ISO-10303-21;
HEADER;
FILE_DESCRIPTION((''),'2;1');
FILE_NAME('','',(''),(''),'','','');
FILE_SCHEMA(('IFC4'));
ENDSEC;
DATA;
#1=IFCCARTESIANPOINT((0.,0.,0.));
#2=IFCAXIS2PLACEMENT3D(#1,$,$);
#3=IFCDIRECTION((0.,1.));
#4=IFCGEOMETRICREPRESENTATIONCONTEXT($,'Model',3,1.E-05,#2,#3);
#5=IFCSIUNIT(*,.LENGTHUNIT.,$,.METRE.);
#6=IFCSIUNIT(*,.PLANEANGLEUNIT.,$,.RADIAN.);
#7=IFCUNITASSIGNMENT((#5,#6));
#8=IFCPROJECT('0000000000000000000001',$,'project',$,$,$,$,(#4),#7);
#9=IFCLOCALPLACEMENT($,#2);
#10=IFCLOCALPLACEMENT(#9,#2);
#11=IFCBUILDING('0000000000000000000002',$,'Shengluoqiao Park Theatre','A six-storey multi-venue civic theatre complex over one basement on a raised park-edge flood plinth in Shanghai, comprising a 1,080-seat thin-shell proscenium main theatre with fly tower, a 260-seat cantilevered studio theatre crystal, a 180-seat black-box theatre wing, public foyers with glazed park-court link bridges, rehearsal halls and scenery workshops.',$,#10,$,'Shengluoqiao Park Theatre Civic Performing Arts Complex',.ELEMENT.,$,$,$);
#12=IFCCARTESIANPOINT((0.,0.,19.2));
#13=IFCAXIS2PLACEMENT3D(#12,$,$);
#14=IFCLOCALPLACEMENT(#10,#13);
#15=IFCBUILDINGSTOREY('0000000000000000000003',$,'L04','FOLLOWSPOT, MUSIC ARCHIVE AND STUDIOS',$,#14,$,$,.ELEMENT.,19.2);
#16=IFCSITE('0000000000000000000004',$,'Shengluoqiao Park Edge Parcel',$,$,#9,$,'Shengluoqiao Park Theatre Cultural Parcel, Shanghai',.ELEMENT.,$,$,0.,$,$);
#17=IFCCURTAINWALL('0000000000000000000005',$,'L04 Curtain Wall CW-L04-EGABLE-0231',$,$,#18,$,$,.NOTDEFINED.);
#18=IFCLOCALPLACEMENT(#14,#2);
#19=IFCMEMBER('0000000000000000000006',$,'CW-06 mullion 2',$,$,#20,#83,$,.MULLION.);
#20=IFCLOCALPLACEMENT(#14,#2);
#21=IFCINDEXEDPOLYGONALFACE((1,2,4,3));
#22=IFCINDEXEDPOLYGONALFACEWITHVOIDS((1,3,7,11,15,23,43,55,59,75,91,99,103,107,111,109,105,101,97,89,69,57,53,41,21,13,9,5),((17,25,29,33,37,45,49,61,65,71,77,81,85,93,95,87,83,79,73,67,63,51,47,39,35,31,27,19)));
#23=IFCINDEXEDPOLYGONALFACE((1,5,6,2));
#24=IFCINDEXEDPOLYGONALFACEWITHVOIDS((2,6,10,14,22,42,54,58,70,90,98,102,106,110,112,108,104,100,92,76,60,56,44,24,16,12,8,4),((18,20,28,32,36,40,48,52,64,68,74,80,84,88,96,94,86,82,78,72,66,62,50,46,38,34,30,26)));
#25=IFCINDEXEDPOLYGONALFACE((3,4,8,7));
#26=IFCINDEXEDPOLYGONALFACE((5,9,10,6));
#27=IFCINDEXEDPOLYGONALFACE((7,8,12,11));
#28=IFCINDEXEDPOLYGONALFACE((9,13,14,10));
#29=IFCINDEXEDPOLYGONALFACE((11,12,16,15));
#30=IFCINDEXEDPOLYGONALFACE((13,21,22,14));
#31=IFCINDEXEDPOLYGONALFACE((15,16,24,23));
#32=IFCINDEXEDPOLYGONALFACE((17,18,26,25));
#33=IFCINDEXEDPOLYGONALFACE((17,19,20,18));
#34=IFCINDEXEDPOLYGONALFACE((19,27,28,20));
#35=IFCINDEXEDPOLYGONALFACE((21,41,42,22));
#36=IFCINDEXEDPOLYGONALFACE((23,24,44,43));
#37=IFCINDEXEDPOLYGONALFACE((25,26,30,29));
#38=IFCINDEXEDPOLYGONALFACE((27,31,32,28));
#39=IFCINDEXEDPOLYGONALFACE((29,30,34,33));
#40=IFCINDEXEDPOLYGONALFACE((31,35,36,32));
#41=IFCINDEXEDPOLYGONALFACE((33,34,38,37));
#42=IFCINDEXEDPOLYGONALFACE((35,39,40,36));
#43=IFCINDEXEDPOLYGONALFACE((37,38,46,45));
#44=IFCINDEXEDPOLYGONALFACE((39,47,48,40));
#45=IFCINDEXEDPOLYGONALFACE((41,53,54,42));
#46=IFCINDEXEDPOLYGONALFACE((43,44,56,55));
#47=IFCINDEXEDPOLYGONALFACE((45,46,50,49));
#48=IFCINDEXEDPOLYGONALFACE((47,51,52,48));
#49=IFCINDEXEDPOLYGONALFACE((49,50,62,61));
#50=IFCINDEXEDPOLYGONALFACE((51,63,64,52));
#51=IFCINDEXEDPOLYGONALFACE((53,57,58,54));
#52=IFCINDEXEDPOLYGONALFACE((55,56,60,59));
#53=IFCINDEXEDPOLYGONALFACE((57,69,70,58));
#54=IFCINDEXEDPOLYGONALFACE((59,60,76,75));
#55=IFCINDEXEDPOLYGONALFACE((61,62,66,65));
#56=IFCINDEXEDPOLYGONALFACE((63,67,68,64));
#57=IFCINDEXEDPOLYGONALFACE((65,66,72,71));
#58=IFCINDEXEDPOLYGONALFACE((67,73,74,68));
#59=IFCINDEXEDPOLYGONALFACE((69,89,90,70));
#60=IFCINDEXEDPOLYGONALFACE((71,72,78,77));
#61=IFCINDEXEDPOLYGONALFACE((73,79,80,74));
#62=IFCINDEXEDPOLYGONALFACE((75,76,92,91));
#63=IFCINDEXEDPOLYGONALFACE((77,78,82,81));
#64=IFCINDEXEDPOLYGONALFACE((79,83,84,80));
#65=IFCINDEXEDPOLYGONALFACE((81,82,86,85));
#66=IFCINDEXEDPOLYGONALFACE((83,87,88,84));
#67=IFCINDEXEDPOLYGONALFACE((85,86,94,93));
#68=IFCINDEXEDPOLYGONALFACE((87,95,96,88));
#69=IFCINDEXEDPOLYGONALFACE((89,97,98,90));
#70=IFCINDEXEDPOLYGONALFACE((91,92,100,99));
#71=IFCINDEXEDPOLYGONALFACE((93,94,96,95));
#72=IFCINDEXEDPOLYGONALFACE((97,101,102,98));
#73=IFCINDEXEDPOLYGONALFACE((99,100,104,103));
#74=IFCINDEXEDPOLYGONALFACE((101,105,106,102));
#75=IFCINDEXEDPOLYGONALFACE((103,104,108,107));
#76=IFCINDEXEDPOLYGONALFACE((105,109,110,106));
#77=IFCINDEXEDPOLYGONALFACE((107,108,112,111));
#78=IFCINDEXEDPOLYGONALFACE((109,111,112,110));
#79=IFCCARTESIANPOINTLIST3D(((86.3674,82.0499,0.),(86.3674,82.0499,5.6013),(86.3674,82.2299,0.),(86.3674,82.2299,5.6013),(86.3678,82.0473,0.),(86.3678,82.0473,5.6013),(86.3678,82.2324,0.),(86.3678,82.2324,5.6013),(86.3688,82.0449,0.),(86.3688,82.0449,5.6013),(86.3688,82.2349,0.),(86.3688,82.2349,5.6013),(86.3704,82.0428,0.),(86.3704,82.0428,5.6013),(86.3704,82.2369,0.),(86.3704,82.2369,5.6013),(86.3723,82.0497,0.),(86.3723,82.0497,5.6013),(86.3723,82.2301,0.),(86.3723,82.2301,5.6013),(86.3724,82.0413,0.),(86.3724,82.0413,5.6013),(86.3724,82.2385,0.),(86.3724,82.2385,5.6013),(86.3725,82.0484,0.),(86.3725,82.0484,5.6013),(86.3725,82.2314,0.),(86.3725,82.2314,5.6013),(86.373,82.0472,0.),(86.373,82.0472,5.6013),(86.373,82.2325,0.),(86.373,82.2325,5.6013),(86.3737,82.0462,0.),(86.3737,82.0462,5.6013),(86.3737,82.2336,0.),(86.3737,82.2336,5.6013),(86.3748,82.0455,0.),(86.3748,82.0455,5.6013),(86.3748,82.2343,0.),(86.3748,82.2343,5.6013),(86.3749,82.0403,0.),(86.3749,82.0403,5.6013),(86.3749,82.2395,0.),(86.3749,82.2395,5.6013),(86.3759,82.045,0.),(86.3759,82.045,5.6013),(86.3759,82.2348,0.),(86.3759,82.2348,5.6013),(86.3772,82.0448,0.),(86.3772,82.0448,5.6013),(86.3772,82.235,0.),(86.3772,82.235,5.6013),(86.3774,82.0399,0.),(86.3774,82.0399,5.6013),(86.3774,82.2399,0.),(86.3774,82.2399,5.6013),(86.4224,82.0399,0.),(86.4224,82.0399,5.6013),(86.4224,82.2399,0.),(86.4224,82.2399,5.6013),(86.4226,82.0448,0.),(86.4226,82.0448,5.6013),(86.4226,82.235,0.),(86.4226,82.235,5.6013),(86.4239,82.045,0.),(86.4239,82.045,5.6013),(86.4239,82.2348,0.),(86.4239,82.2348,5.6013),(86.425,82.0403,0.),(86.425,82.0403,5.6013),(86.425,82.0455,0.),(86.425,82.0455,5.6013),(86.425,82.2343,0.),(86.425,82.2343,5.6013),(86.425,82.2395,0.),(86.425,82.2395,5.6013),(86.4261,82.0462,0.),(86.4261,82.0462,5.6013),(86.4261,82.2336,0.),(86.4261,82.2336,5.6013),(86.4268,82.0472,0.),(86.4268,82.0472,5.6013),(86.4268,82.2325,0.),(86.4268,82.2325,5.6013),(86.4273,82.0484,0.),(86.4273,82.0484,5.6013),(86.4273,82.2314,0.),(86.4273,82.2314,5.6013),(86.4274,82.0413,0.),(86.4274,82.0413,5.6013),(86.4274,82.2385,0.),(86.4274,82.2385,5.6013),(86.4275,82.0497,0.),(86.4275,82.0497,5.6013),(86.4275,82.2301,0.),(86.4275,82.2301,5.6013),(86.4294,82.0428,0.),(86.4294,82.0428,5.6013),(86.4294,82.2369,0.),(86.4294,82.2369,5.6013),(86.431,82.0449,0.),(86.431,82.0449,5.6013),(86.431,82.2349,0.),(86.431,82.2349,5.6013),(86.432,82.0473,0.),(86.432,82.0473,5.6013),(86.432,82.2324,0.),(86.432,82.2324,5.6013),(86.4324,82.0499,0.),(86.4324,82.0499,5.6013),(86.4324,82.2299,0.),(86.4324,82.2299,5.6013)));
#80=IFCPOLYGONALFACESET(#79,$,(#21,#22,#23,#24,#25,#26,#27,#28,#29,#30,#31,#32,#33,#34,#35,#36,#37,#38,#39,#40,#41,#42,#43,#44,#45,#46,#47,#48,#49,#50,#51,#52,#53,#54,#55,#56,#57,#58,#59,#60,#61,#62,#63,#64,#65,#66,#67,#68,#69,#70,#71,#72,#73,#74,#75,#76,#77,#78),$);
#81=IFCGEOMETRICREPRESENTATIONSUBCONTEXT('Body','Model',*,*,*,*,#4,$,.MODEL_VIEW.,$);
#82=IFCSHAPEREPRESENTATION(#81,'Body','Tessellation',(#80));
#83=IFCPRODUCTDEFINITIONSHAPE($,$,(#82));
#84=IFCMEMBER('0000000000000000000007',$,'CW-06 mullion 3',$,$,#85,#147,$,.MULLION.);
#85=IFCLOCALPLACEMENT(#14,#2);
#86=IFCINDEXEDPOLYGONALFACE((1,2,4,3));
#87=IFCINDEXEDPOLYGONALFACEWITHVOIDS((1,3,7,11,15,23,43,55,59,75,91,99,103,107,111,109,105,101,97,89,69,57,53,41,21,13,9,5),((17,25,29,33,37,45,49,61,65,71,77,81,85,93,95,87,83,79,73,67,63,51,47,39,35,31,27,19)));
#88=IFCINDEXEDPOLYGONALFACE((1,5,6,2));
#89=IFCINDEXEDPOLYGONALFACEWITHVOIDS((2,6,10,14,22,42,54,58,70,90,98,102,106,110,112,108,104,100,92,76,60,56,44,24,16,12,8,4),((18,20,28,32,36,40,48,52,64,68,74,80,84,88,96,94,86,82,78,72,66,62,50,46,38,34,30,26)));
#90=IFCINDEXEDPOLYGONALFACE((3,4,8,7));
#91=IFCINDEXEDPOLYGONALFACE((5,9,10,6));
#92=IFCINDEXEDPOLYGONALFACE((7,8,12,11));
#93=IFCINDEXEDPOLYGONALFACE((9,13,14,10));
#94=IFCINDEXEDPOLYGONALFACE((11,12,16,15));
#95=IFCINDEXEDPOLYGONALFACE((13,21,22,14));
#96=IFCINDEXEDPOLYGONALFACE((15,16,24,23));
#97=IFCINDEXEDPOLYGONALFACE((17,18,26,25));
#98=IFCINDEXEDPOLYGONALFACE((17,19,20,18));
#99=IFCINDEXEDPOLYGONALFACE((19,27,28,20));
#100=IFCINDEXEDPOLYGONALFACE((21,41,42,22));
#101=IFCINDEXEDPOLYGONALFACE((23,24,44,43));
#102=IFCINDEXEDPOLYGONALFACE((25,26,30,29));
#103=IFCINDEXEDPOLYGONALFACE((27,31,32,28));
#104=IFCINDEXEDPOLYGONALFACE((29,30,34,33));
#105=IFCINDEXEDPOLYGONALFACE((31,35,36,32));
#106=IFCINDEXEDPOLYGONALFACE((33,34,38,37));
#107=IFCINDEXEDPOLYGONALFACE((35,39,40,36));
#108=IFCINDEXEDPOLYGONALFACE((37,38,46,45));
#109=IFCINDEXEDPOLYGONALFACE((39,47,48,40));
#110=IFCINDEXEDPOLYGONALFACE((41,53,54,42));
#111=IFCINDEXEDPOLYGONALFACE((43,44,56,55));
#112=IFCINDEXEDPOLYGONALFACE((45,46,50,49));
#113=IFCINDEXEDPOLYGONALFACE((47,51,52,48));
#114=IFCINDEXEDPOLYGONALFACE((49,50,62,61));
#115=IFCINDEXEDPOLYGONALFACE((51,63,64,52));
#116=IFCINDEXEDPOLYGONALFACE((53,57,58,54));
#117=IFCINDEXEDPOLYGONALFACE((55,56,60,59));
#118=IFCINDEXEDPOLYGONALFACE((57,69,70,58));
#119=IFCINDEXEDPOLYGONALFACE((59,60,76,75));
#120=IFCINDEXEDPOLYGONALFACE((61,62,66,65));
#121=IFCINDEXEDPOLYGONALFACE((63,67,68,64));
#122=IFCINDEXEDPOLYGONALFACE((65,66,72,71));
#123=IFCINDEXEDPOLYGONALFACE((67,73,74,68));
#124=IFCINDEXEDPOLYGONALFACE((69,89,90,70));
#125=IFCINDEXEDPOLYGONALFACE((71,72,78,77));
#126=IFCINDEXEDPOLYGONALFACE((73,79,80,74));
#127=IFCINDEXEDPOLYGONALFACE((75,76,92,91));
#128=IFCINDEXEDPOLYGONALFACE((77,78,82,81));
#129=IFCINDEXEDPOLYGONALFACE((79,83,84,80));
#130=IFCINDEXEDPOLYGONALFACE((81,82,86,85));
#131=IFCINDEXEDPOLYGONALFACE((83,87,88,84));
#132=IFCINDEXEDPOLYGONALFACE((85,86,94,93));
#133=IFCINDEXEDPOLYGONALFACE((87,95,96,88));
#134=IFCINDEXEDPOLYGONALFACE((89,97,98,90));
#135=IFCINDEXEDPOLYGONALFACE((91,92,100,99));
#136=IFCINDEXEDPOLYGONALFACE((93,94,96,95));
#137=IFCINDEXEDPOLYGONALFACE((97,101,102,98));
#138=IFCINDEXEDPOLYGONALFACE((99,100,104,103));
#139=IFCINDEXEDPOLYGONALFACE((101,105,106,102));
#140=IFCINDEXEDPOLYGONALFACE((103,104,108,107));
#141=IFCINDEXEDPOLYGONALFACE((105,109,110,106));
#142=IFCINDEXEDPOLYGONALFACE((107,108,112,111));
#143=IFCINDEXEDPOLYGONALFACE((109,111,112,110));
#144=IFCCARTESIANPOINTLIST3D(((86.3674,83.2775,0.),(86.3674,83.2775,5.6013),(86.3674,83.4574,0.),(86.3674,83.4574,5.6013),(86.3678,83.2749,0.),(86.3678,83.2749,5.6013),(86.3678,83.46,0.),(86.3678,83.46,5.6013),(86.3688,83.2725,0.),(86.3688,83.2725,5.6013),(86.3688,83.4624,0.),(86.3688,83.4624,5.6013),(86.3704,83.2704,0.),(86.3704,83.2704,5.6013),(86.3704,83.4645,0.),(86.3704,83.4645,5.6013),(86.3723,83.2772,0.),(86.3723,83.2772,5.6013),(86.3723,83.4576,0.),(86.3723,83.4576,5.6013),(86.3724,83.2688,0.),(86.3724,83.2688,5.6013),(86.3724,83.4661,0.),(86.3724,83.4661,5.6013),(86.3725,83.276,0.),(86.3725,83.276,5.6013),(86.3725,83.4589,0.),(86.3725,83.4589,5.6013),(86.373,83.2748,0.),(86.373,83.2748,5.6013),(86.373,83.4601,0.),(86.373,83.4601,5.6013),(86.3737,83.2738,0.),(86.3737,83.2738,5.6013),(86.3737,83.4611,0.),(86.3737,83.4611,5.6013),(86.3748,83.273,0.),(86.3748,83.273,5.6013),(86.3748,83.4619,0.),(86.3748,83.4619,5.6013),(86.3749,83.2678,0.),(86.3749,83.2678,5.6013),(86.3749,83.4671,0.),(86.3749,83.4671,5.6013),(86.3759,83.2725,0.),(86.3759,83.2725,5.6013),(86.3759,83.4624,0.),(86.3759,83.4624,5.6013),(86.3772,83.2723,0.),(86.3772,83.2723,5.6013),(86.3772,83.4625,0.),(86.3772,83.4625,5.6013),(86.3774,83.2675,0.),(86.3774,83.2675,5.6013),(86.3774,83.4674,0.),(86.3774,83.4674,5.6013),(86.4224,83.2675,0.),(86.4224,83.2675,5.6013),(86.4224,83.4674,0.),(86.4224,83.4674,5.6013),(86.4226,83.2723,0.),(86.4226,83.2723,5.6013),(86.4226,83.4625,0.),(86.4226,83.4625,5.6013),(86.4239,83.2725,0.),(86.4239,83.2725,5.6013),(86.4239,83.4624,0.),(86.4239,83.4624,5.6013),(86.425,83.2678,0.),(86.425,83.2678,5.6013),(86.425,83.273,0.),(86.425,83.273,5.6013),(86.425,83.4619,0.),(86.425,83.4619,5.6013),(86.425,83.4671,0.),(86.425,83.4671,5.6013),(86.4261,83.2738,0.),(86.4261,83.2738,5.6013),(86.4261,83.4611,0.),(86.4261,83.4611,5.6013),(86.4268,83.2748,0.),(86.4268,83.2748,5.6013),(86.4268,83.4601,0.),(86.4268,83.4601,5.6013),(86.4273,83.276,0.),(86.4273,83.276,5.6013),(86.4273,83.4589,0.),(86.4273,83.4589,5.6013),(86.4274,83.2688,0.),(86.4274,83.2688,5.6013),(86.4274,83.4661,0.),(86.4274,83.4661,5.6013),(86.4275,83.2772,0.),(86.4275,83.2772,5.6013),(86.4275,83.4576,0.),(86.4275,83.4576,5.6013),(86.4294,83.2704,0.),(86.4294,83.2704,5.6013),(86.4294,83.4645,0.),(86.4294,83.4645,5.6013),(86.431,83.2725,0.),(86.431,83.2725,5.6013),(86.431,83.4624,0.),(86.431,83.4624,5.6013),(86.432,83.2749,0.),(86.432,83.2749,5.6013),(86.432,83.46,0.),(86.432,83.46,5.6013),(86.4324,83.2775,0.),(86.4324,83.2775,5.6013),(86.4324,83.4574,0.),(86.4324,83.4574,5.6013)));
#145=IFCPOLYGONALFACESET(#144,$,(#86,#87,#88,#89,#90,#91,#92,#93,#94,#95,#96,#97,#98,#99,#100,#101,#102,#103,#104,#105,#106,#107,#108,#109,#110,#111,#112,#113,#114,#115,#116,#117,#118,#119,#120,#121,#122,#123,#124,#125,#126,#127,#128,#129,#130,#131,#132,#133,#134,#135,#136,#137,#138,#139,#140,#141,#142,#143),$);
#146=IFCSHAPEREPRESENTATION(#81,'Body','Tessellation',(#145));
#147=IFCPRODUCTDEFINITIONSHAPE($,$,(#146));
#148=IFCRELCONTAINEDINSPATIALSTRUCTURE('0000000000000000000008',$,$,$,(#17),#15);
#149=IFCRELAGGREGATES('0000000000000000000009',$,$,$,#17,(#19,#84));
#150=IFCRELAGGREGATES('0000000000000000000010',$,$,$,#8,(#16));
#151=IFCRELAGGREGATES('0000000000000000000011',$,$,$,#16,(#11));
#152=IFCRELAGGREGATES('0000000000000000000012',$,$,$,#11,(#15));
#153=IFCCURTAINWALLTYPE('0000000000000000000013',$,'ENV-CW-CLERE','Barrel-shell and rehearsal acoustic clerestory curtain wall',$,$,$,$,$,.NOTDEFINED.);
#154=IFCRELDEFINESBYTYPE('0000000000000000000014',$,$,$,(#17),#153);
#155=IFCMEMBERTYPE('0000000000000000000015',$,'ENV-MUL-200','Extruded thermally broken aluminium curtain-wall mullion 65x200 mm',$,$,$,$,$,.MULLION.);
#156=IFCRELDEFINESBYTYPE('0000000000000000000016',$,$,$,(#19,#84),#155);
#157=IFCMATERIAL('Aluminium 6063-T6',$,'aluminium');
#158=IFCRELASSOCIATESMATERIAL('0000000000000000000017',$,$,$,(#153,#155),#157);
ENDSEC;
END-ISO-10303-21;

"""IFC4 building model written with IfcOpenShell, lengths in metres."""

from ifc_helpers import new_model, si_unit, direction, frame, origin, origin_2d, place, context, subcontext, project, spatial, hollow_rectangle, extrude, material, material_profile, profile_set, type_object, element, aggregate, save


model = new_model("IFC4")

# Units and contexts
model_context = context("Model", 3, precision=1e-05, world=origin(), true_north=direction((0.0, 1.0)))
body_context = subcontext(model_context, "Body", "Model", "MODEL_VIEW")
ifc_project = project(units=[si_unit("LENGTHUNIT", "METRE"), si_unit("PLANEANGLEUNIT", "RADIAN")], contexts=[model_context])

# Site, building, storey
site_placement = place(None, origin())
site = spatial("IfcSite", under=ifc_project, at=site_placement, Name="Shengluoqiao Park Edge Parcel", LongName="Shengluoqiao Park Theatre Cultural Parcel, Shanghai", CompositionType="ELEMENT", RefElevation=0.0)
building_placement = place(site_placement, origin())
building = spatial("IfcBuilding", under=site, at=building_placement, Name="Shengluoqiao Park Theatre", Description="A six-storey multi-venue civic theatre complex over one basement on a raised park-edge flood plinth in Shanghai, comprising a 1,080-seat thin-shell proscenium main theatre with fly tower, a 260-seat cantilevered studio theatre crystal, a 180-seat black-box theatre wing, public foyers with glazed park-court link bridges, rehearsal halls and scenery workshops.", LongName="Shengluoqiao Park Theatre Civic Performing Arts Complex", CompositionType="ELEMENT")
storey_placement = place(building_placement, frame((0.0, 0.0, 19.2)))
storey = spatial("IfcBuildingStorey", under=building, at=storey_placement, Name="L04", Description="FOLLOWSPOT, MUSIC ARCHIVE AND STUDIOS", CompositionType="ELEMENT", Elevation=19.2)

# Shared definitions
ifc_material_1 = material(Name="Aluminium 6063-T6", Category="aluminium")
curtain_wall_type = type_object("IfcCurtainWallType", Name="ENV-CW-CLERE", Description="Barrel-shell and rehearsal acoustic clerestory curtain wall", PredefinedType="NOTDEFINED", material=ifc_material_1)
ifc_material_profile_1 = material_profile(ifc_material_1, hollow_rectangle(XDim=0.0649, YDim=0.2, WallThickness=0.0049, InnerFilletRadius=0.0049, OuterFilletRadius=0.01, at=origin_2d()), Name="ALU MULLION 200x65x5")
ifc_profile_set_1 = profile_set([ifc_material_profile_1], Name="Aluminium 6063-T6")
member_type_1 = type_object("IfcMemberType", Name="ENV-MUL-200", Description="Extruded thermally broken aluminium curtain-wall mullion 65x200 mm", PredefinedType="MULLION", material=ifc_profile_set_1)

# Curtain wall, members
curtain_wall_1_placement = place(storey_placement, origin())
curtain_wall_1 = element("IfcCurtainWall", 1, at=curtain_wall_1_placement, inside=storey, type_object=curtain_wall_type, Name="L04 Curtain Wall CW-L04-EGABLE-0231", PredefinedType="NOTDEFINED")
member_1_placement = place(storey_placement, frame((86.3999, 82.1399, 0.0), z_axis=(0.0, 0.0, 1.0), x_axis=(-1.0, 0.0, 0.0)))
member_1 = element("IfcMember", 2, at=member_1_placement, type_object=member_type_1, Name="CW-06 mullion 2", PredefinedType="MULLION", context=body_context, shape_type="SweptSolid", body=[
    extrude(hollow_rectangle(XDim=0.0649, YDim=0.2, WallThickness=0.0049, InnerFilletRadius=0.0049, OuterFilletRadius=0.01, at=origin_2d()), origin(), (0.0, 0.0, 1.0), 5.6013),
])
member_2_placement = place(storey_placement, frame((86.3999, 83.3674, 0.0), z_axis=(0.0, 0.0, 1.0), x_axis=(-1.0, 0.0, 0.0)))
member_2 = element("IfcMember", 3, at=member_2_placement, type_object=member_type_1, Name="CW-06 mullion 3", PredefinedType="MULLION", context=body_context, shape_type="SweptSolid", body=[
    extrude(hollow_rectangle(XDim=0.0649, YDim=0.2, WallThickness=0.0049, InnerFilletRadius=0.0049, OuterFilletRadius=0.01, at=origin_2d()), origin(), (0.0, 0.0, 1.0), 5.6013),
])

aggregate(curtain_wall_1, [member_1, member_2])

save(model, "model.ifc")
